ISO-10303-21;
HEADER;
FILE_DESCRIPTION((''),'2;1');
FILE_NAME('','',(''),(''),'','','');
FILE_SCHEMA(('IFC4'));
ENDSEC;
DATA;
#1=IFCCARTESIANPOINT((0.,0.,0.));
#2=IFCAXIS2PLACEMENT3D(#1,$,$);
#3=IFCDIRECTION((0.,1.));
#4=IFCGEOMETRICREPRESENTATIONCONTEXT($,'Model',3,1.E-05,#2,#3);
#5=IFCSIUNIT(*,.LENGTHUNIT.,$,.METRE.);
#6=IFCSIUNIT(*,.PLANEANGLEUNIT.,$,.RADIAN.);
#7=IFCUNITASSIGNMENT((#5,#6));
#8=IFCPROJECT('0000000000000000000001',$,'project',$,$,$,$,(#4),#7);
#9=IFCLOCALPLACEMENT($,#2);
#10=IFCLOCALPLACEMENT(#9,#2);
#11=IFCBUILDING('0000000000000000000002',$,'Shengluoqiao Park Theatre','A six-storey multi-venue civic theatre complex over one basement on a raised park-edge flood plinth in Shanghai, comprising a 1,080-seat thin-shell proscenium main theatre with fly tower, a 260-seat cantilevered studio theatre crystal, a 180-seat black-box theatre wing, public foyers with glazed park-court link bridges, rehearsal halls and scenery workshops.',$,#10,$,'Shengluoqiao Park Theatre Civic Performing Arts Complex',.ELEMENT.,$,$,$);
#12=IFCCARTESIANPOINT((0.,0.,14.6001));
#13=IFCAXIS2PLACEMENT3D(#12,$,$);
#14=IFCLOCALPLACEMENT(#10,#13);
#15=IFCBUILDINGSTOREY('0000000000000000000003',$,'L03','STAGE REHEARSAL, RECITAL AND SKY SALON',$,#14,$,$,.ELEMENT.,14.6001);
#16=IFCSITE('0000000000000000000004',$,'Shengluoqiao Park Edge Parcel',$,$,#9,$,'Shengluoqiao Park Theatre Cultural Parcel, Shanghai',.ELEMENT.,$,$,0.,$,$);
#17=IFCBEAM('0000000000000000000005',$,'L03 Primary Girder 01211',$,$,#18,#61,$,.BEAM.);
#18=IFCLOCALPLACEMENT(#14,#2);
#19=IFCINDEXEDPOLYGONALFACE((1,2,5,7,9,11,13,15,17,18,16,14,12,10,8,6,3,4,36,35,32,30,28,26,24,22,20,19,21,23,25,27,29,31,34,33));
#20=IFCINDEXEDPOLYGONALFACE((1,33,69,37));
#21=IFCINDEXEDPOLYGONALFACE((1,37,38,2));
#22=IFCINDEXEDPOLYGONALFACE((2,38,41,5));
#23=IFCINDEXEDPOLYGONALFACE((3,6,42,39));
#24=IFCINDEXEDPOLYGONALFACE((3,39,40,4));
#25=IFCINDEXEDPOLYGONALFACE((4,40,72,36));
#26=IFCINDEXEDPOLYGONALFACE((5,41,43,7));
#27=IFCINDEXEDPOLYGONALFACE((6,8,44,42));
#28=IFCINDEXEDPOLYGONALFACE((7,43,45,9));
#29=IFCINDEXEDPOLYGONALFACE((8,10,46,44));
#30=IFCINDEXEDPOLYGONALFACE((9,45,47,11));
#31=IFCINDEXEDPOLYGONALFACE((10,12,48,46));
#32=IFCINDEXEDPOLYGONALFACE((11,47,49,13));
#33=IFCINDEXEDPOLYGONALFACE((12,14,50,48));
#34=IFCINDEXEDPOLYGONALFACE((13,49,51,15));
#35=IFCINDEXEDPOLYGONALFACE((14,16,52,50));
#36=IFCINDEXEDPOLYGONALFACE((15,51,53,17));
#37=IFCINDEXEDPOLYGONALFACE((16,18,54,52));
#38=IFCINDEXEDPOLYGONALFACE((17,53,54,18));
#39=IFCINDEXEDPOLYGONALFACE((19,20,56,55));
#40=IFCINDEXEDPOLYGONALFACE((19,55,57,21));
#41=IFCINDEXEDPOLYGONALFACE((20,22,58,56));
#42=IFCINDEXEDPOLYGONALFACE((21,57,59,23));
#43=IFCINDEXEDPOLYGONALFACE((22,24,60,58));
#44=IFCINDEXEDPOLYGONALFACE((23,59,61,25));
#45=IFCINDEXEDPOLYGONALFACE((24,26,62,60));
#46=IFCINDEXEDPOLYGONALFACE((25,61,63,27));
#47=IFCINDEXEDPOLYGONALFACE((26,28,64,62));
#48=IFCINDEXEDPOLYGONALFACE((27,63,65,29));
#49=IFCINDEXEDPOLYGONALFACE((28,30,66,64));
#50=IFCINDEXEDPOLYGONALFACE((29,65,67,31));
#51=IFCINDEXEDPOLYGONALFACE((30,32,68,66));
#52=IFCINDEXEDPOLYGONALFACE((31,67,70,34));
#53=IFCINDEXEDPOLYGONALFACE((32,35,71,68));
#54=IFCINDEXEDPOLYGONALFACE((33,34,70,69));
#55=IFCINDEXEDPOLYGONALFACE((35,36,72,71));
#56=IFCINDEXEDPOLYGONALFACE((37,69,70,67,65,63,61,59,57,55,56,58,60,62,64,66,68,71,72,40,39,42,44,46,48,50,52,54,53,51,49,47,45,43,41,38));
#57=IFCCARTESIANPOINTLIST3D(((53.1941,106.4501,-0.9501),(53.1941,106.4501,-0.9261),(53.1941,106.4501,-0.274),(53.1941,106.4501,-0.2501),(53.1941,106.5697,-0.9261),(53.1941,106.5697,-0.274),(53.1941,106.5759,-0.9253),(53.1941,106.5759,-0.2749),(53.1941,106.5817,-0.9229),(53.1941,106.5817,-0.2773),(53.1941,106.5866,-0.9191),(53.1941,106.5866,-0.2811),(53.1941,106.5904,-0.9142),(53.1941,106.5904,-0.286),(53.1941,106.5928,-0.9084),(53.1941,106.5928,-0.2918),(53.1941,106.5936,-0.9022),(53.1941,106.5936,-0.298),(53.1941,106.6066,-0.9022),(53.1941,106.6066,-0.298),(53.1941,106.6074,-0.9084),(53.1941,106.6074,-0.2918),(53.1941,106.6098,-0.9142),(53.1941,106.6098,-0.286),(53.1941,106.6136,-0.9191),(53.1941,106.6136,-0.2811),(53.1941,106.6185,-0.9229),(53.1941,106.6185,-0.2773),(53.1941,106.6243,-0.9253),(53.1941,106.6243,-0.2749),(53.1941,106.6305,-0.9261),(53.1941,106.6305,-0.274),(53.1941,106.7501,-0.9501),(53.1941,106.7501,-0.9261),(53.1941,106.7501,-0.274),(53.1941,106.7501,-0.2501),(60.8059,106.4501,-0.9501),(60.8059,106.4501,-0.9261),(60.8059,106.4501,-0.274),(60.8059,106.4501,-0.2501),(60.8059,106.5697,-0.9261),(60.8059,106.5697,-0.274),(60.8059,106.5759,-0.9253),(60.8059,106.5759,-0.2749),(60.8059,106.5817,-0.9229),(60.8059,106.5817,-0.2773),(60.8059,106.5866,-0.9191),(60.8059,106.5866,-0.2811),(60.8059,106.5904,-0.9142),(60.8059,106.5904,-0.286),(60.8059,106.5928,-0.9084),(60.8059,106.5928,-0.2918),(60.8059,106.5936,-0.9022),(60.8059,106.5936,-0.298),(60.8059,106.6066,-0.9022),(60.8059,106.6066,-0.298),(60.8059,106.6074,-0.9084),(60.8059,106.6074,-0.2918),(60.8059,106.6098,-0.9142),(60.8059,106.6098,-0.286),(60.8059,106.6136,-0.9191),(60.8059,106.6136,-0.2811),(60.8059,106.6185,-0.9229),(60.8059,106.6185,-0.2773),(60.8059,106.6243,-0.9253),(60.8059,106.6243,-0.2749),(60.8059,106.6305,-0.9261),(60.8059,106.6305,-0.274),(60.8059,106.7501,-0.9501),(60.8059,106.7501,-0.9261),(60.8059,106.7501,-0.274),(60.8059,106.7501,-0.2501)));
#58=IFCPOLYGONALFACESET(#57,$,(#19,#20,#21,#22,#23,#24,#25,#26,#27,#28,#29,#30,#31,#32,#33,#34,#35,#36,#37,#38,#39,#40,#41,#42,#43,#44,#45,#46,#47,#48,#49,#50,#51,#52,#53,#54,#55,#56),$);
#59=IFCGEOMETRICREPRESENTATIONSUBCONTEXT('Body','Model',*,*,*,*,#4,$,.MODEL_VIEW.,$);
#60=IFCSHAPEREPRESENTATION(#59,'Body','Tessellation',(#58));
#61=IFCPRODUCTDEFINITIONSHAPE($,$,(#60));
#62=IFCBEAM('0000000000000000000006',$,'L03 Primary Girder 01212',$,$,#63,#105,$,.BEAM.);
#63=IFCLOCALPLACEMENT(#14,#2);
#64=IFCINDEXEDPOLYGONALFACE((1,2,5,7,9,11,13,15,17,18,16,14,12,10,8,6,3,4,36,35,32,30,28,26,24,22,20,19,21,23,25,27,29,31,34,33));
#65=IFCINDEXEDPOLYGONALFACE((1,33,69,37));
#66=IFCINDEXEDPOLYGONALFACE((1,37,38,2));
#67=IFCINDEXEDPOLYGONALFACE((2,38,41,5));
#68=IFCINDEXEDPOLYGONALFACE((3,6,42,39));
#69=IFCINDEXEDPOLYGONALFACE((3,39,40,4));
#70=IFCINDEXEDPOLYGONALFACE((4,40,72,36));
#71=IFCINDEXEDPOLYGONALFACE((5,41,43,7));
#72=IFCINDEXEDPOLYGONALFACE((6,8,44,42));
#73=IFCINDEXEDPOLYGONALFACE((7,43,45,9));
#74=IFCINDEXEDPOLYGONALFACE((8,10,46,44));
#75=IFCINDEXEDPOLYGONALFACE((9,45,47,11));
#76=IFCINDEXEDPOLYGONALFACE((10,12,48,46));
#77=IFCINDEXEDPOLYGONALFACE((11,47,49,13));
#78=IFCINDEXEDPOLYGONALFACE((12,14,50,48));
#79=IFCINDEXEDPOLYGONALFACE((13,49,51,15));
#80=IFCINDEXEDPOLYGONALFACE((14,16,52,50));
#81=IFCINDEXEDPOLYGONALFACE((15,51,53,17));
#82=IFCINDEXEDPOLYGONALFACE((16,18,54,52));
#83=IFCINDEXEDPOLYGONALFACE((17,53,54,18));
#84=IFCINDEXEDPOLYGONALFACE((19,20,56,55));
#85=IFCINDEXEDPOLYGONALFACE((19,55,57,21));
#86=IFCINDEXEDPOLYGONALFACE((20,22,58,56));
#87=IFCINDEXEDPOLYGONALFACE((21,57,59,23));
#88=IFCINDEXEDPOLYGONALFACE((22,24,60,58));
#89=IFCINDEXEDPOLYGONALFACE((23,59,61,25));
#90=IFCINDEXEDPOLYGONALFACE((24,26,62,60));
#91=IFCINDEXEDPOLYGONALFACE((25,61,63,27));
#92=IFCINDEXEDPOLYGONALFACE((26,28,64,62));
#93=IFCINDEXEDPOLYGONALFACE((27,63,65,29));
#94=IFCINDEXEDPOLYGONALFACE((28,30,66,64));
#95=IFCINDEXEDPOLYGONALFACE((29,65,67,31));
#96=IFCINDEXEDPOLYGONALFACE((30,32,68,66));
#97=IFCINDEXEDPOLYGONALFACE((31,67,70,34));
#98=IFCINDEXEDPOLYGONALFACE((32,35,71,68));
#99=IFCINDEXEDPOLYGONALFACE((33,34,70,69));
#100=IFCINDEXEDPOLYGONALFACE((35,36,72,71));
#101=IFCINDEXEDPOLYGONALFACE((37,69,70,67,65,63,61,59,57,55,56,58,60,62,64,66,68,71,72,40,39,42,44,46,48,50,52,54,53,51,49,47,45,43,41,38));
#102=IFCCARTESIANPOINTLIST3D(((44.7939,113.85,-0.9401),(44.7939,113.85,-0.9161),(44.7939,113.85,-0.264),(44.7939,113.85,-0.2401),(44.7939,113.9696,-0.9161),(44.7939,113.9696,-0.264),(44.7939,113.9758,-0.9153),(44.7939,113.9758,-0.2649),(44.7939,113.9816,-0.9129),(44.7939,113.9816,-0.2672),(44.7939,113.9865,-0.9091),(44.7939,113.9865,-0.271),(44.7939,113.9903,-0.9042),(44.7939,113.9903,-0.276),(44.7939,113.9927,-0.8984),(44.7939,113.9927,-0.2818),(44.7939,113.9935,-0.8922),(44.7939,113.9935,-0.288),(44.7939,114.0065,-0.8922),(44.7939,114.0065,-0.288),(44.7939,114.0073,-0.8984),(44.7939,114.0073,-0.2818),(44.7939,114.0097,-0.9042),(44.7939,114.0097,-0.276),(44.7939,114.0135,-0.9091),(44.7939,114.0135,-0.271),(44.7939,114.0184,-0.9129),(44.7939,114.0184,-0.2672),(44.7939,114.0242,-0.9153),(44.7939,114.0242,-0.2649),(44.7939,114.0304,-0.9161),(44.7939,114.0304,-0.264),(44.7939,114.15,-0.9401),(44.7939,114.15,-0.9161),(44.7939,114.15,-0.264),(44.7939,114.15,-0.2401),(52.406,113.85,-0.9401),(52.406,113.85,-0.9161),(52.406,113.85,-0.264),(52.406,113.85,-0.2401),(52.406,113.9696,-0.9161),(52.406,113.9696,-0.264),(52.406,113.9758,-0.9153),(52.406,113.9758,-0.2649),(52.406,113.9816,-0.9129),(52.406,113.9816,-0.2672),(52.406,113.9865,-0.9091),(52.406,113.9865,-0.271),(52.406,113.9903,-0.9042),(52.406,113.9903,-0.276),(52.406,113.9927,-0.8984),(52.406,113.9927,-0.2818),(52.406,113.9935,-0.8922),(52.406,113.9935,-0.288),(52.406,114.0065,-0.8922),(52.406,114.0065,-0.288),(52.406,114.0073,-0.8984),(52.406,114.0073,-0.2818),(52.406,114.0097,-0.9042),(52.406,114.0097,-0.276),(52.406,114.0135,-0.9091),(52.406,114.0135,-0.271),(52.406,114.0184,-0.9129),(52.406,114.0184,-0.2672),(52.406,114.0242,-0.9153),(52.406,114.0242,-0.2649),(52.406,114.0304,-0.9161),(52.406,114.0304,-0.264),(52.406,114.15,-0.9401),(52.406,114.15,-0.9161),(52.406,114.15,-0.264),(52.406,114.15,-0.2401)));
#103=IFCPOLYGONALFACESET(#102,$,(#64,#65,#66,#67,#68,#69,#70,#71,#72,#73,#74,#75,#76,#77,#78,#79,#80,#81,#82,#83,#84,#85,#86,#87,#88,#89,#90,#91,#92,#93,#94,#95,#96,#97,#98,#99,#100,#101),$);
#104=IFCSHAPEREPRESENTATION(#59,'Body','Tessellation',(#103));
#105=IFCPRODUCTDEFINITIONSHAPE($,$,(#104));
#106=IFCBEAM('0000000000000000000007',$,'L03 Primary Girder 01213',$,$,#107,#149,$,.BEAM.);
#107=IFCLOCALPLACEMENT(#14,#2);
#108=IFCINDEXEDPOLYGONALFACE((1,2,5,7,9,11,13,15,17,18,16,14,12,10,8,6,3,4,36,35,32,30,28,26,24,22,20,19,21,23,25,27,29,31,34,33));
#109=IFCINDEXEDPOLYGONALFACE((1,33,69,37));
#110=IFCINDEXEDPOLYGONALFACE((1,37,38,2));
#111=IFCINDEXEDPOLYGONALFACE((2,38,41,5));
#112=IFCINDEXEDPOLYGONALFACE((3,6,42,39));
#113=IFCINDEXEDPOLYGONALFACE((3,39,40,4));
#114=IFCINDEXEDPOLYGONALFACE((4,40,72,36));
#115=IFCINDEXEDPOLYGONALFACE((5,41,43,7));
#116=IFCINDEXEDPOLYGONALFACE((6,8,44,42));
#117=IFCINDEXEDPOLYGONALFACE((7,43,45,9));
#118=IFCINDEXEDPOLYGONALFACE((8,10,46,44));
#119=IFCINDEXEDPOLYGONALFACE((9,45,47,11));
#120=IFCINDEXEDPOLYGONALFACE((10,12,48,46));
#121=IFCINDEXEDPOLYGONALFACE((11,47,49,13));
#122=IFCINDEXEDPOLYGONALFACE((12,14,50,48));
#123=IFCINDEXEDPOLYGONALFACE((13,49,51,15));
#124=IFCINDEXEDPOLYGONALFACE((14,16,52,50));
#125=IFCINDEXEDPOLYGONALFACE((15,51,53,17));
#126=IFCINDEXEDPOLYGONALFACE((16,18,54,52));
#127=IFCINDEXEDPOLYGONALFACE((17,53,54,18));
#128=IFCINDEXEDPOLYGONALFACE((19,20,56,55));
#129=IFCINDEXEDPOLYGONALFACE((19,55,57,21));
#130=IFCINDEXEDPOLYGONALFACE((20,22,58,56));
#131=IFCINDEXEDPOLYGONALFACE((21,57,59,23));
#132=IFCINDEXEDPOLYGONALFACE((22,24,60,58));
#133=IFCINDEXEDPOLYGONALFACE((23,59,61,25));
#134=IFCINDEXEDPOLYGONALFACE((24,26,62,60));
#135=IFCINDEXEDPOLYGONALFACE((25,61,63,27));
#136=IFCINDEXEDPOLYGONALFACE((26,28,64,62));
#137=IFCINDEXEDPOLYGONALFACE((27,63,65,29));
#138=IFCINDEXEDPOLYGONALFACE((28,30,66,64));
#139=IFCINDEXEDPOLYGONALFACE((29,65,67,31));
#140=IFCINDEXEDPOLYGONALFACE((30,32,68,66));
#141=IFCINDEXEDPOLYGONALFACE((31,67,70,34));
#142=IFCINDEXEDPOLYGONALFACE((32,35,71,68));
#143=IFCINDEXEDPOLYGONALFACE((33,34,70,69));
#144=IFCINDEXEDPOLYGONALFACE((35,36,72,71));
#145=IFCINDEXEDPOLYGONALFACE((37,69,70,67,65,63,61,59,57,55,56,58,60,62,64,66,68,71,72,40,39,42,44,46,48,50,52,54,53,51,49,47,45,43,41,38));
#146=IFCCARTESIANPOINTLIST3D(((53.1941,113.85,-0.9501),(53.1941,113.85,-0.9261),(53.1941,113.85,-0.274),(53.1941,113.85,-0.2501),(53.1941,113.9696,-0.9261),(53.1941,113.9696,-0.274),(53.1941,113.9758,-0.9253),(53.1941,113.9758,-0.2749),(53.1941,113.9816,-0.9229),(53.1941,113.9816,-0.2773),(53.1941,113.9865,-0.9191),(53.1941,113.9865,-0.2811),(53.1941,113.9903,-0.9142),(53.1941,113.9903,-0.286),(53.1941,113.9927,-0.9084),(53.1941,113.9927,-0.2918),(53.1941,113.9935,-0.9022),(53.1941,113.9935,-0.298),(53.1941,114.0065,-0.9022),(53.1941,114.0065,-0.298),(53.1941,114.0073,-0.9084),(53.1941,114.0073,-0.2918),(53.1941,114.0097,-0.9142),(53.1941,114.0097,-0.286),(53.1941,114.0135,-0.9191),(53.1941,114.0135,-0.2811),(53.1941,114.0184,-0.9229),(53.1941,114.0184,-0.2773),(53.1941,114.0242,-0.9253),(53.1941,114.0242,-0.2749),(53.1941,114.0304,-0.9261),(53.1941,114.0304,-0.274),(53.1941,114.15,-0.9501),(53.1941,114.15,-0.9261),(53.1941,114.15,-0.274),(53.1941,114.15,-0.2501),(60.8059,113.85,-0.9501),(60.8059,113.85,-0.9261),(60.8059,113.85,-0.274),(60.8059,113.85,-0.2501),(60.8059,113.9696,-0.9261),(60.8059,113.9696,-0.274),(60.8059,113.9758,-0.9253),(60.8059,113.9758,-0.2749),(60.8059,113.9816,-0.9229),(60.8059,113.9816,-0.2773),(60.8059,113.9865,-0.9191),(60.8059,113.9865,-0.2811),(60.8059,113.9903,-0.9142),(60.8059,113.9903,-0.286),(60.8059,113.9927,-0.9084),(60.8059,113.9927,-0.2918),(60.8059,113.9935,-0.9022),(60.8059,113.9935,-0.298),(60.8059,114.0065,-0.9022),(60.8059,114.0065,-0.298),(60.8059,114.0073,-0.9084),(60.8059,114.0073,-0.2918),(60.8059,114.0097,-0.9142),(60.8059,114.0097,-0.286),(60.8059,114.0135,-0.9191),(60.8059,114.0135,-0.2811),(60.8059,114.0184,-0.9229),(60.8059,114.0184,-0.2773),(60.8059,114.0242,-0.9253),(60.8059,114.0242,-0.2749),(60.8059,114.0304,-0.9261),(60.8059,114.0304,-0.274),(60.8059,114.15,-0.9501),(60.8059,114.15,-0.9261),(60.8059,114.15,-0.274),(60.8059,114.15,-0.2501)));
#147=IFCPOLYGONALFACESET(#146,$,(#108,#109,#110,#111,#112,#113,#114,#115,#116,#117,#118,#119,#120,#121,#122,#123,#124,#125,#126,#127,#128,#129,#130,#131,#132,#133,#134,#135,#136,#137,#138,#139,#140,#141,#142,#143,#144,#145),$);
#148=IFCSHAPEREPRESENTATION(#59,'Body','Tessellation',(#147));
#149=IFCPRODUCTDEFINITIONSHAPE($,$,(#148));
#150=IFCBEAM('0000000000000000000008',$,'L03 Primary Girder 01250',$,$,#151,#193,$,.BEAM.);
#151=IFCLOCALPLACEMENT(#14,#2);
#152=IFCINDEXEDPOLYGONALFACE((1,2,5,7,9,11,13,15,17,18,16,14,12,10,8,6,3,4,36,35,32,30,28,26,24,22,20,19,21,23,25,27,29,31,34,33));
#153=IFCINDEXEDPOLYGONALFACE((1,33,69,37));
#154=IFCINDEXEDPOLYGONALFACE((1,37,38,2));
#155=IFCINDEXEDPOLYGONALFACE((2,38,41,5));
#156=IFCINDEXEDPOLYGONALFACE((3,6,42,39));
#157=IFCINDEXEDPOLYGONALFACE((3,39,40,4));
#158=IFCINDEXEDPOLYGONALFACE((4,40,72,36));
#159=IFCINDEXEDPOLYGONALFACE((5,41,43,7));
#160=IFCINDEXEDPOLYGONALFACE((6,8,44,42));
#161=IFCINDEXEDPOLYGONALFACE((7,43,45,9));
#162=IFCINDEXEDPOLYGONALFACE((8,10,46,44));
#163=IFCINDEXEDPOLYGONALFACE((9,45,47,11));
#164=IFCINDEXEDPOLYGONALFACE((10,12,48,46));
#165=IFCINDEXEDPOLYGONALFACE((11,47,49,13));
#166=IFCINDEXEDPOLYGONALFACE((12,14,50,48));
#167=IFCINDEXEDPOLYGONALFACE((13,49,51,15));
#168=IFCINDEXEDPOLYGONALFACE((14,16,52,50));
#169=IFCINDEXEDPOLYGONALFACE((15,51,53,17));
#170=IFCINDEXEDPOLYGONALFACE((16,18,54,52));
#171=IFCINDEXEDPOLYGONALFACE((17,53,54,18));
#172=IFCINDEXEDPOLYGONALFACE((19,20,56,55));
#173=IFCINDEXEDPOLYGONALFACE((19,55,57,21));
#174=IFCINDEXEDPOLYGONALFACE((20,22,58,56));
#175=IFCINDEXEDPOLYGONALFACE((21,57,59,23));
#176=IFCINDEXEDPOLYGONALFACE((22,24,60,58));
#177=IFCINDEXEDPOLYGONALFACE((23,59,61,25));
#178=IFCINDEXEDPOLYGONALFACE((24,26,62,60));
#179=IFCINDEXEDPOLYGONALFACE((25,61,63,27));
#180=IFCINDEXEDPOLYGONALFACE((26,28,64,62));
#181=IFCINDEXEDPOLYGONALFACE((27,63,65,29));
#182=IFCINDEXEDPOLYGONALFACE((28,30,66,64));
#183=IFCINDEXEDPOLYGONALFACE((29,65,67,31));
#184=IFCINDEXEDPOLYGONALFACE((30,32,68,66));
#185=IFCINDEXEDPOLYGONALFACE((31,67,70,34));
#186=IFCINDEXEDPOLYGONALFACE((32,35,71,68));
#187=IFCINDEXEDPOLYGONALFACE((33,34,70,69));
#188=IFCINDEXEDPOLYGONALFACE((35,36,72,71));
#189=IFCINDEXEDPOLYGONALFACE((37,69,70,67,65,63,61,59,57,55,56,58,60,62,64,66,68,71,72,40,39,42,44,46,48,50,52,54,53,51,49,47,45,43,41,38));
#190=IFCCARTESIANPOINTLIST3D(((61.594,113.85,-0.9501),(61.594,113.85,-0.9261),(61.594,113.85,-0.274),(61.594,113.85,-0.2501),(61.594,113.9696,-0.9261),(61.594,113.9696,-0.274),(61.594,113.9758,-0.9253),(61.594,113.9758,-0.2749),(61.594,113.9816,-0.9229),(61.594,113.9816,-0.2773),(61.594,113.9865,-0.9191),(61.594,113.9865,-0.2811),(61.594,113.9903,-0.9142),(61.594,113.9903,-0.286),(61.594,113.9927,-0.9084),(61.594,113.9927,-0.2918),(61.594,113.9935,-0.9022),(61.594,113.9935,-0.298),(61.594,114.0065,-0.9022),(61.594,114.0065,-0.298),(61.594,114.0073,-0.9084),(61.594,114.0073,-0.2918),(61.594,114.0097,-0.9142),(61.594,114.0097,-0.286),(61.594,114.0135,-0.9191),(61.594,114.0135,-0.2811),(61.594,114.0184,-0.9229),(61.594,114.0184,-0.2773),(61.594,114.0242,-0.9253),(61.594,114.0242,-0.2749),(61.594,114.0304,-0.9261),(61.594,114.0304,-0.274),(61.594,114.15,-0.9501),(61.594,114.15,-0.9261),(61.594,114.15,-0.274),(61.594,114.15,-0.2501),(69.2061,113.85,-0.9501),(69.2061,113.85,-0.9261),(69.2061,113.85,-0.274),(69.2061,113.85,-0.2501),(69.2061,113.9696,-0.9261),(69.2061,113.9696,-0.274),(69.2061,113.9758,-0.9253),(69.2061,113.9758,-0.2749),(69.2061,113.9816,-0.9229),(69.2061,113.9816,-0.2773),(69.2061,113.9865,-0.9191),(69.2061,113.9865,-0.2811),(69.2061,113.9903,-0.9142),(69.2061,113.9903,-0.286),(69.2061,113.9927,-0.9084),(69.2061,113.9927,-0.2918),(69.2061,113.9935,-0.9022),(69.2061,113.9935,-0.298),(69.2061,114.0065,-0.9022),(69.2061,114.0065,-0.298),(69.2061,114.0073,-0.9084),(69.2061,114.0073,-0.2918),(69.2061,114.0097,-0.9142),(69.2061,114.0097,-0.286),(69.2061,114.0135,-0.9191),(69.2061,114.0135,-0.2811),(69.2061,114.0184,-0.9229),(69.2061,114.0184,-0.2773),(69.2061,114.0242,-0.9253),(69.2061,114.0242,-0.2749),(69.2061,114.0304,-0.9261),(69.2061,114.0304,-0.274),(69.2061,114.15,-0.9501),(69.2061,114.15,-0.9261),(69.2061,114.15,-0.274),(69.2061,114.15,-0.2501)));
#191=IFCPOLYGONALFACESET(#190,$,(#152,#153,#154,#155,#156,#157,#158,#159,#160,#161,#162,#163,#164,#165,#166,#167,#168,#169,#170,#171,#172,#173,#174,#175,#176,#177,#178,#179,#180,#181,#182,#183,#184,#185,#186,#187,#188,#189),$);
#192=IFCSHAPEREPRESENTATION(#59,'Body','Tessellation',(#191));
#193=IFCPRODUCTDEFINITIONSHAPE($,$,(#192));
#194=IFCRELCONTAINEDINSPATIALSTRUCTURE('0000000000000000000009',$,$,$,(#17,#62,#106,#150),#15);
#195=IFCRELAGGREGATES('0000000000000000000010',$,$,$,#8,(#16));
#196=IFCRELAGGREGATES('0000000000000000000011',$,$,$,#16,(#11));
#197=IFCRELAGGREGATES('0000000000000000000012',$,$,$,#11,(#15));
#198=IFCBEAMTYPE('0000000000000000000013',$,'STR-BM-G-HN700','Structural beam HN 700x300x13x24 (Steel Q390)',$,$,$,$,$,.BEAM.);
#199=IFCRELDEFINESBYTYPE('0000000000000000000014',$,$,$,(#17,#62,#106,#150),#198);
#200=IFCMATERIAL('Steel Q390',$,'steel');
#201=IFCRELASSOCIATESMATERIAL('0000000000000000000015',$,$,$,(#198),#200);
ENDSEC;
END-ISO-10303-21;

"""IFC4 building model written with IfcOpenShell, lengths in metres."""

from ifc_helpers import new_model, si_unit, direction, frame, origin, origin_2d, place, context, subcontext, project, spatial, i_section, extrude, material, material_profile, profile_set, type_object, element, save


model = new_model("IFC4")

# Units and contexts
model_context = context("Model", 3, precision=1e-05, world=origin(), true_north=direction((0.0, 1.0)))
body_context = subcontext(model_context, "Body", "Model", "MODEL_VIEW")
ifc_project = project(units=[si_unit("LENGTHUNIT", "METRE"), si_unit("PLANEANGLEUNIT", "RADIAN")], contexts=[model_context])

# Site, building, storey
site_placement = place(None, origin())
site = spatial("IfcSite", under=ifc_project, at=site_placement, Name="Shengluoqiao Park Edge Parcel", LongName="Shengluoqiao Park Theatre Cultural Parcel, Shanghai", CompositionType="ELEMENT", RefElevation=0.0)
building_placement = place(site_placement, origin())
building = spatial("IfcBuilding", under=site, at=building_placement, Name="Shengluoqiao Park Theatre", Description="A six-storey multi-venue civic theatre complex over one basement on a raised park-edge flood plinth in Shanghai, comprising a 1,080-seat thin-shell proscenium main theatre with fly tower, a 260-seat cantilevered studio theatre crystal, a 180-seat black-box theatre wing, public foyers with glazed park-court link bridges, rehearsal halls and scenery workshops.", LongName="Shengluoqiao Park Theatre Civic Performing Arts Complex", CompositionType="ELEMENT")
storey_placement = place(building_placement, frame((0.0, 0.0, 14.6001)))
storey = spatial("IfcBuildingStorey", under=building, at=storey_placement, Name="L03", Description="STAGE REHEARSAL, RECITAL AND SKY SALON", CompositionType="ELEMENT", Elevation=14.6001)

# Beams
ifc_material_1 = material(Name="Steel Q390", Category="steel")
ifc_material_profile_1 = material_profile(ifc_material_1, i_section(OverallWidth=0.3, OverallDepth=0.7, WebThickness=0.0129, FlangeThickness=0.0239, FilletRadius=0.0239, at=origin_2d()), Name="HN 700x300x13x24")
ifc_profile_set_1 = profile_set([ifc_material_profile_1], Name="Steel Q390")
beam_type_1 = type_object("IfcBeamType", Name="STR-BM-G-HN700", Description="Structural beam HN 700x300x13x24 (Steel Q390)", PredefinedType="BEAM", material=ifc_profile_set_1)
beam_1_placement = place(storey_placement, frame((53.1941, 106.6001, -0.6001), z_axis=(1.0, 0.0, 0.0), x_axis=(0.0, 1.0, 0.0)))
element("IfcBeam", 1, at=beam_1_placement, inside=storey, type_object=beam_type_1, Name="L03 Primary Girder 01211", PredefinedType="BEAM", context=body_context, shape_type="SweptSolid", body=[
    extrude(i_section(OverallWidth=0.3, OverallDepth=0.7, WebThickness=0.0129, FlangeThickness=0.0239, FilletRadius=0.0239, at=origin_2d()), origin(), (0.0, 0.0, 1.0), 7.6118),
])
beam_2_placement = place(storey_placement, frame((44.7939, 114.0, -0.5901), z_axis=(1.0, 0.0, 0.0), x_axis=(0.0, 1.0, 0.0)))
element("IfcBeam", 2, at=beam_2_placement, inside=storey, type_object=beam_type_1, Name="L03 Primary Girder 01212", PredefinedType="BEAM", context=body_context, shape_type="SweptSolid", body=[
    extrude(i_section(OverallWidth=0.3, OverallDepth=0.7, WebThickness=0.0129, FlangeThickness=0.0239, FilletRadius=0.0239, at=origin_2d()), origin(), (0.0, 0.0, 1.0), 7.6121),
])
beam_3_placement = place(storey_placement, frame((53.1941, 114.0, -0.6001), z_axis=(1.0, 0.0, 0.0), x_axis=(0.0, 1.0, 0.0)))
element("IfcBeam", 3, at=beam_3_placement, inside=storey, type_object=beam_type_1, Name="L03 Primary Girder 01213", PredefinedType="BEAM", context=body_context, shape_type="SweptSolid", body=[
    extrude(i_section(OverallWidth=0.3, OverallDepth=0.7, WebThickness=0.0129, FlangeThickness=0.0239, FilletRadius=0.0239, at=origin_2d()), origin(), (0.0, 0.0, 1.0), 7.6118),
])
beam_4_placement = place(storey_placement, frame((61.594, 114.0, -0.6001), z_axis=(1.0, 0.0, 0.0), x_axis=(0.0, 1.0, 0.0)))
element("IfcBeam", 4, at=beam_4_placement, inside=storey, type_object=beam_type_1, Name="L03 Primary Girder 01250", PredefinedType="BEAM", context=body_context, shape_type="SweptSolid", body=[
    extrude(i_section(OverallWidth=0.3, OverallDepth=0.7, WebThickness=0.0129, FlangeThickness=0.0239, FilletRadius=0.0239, at=origin_2d()), origin(), (0.0, 0.0, 1.0), 7.6121),
])

save(model, "model.ifc")
